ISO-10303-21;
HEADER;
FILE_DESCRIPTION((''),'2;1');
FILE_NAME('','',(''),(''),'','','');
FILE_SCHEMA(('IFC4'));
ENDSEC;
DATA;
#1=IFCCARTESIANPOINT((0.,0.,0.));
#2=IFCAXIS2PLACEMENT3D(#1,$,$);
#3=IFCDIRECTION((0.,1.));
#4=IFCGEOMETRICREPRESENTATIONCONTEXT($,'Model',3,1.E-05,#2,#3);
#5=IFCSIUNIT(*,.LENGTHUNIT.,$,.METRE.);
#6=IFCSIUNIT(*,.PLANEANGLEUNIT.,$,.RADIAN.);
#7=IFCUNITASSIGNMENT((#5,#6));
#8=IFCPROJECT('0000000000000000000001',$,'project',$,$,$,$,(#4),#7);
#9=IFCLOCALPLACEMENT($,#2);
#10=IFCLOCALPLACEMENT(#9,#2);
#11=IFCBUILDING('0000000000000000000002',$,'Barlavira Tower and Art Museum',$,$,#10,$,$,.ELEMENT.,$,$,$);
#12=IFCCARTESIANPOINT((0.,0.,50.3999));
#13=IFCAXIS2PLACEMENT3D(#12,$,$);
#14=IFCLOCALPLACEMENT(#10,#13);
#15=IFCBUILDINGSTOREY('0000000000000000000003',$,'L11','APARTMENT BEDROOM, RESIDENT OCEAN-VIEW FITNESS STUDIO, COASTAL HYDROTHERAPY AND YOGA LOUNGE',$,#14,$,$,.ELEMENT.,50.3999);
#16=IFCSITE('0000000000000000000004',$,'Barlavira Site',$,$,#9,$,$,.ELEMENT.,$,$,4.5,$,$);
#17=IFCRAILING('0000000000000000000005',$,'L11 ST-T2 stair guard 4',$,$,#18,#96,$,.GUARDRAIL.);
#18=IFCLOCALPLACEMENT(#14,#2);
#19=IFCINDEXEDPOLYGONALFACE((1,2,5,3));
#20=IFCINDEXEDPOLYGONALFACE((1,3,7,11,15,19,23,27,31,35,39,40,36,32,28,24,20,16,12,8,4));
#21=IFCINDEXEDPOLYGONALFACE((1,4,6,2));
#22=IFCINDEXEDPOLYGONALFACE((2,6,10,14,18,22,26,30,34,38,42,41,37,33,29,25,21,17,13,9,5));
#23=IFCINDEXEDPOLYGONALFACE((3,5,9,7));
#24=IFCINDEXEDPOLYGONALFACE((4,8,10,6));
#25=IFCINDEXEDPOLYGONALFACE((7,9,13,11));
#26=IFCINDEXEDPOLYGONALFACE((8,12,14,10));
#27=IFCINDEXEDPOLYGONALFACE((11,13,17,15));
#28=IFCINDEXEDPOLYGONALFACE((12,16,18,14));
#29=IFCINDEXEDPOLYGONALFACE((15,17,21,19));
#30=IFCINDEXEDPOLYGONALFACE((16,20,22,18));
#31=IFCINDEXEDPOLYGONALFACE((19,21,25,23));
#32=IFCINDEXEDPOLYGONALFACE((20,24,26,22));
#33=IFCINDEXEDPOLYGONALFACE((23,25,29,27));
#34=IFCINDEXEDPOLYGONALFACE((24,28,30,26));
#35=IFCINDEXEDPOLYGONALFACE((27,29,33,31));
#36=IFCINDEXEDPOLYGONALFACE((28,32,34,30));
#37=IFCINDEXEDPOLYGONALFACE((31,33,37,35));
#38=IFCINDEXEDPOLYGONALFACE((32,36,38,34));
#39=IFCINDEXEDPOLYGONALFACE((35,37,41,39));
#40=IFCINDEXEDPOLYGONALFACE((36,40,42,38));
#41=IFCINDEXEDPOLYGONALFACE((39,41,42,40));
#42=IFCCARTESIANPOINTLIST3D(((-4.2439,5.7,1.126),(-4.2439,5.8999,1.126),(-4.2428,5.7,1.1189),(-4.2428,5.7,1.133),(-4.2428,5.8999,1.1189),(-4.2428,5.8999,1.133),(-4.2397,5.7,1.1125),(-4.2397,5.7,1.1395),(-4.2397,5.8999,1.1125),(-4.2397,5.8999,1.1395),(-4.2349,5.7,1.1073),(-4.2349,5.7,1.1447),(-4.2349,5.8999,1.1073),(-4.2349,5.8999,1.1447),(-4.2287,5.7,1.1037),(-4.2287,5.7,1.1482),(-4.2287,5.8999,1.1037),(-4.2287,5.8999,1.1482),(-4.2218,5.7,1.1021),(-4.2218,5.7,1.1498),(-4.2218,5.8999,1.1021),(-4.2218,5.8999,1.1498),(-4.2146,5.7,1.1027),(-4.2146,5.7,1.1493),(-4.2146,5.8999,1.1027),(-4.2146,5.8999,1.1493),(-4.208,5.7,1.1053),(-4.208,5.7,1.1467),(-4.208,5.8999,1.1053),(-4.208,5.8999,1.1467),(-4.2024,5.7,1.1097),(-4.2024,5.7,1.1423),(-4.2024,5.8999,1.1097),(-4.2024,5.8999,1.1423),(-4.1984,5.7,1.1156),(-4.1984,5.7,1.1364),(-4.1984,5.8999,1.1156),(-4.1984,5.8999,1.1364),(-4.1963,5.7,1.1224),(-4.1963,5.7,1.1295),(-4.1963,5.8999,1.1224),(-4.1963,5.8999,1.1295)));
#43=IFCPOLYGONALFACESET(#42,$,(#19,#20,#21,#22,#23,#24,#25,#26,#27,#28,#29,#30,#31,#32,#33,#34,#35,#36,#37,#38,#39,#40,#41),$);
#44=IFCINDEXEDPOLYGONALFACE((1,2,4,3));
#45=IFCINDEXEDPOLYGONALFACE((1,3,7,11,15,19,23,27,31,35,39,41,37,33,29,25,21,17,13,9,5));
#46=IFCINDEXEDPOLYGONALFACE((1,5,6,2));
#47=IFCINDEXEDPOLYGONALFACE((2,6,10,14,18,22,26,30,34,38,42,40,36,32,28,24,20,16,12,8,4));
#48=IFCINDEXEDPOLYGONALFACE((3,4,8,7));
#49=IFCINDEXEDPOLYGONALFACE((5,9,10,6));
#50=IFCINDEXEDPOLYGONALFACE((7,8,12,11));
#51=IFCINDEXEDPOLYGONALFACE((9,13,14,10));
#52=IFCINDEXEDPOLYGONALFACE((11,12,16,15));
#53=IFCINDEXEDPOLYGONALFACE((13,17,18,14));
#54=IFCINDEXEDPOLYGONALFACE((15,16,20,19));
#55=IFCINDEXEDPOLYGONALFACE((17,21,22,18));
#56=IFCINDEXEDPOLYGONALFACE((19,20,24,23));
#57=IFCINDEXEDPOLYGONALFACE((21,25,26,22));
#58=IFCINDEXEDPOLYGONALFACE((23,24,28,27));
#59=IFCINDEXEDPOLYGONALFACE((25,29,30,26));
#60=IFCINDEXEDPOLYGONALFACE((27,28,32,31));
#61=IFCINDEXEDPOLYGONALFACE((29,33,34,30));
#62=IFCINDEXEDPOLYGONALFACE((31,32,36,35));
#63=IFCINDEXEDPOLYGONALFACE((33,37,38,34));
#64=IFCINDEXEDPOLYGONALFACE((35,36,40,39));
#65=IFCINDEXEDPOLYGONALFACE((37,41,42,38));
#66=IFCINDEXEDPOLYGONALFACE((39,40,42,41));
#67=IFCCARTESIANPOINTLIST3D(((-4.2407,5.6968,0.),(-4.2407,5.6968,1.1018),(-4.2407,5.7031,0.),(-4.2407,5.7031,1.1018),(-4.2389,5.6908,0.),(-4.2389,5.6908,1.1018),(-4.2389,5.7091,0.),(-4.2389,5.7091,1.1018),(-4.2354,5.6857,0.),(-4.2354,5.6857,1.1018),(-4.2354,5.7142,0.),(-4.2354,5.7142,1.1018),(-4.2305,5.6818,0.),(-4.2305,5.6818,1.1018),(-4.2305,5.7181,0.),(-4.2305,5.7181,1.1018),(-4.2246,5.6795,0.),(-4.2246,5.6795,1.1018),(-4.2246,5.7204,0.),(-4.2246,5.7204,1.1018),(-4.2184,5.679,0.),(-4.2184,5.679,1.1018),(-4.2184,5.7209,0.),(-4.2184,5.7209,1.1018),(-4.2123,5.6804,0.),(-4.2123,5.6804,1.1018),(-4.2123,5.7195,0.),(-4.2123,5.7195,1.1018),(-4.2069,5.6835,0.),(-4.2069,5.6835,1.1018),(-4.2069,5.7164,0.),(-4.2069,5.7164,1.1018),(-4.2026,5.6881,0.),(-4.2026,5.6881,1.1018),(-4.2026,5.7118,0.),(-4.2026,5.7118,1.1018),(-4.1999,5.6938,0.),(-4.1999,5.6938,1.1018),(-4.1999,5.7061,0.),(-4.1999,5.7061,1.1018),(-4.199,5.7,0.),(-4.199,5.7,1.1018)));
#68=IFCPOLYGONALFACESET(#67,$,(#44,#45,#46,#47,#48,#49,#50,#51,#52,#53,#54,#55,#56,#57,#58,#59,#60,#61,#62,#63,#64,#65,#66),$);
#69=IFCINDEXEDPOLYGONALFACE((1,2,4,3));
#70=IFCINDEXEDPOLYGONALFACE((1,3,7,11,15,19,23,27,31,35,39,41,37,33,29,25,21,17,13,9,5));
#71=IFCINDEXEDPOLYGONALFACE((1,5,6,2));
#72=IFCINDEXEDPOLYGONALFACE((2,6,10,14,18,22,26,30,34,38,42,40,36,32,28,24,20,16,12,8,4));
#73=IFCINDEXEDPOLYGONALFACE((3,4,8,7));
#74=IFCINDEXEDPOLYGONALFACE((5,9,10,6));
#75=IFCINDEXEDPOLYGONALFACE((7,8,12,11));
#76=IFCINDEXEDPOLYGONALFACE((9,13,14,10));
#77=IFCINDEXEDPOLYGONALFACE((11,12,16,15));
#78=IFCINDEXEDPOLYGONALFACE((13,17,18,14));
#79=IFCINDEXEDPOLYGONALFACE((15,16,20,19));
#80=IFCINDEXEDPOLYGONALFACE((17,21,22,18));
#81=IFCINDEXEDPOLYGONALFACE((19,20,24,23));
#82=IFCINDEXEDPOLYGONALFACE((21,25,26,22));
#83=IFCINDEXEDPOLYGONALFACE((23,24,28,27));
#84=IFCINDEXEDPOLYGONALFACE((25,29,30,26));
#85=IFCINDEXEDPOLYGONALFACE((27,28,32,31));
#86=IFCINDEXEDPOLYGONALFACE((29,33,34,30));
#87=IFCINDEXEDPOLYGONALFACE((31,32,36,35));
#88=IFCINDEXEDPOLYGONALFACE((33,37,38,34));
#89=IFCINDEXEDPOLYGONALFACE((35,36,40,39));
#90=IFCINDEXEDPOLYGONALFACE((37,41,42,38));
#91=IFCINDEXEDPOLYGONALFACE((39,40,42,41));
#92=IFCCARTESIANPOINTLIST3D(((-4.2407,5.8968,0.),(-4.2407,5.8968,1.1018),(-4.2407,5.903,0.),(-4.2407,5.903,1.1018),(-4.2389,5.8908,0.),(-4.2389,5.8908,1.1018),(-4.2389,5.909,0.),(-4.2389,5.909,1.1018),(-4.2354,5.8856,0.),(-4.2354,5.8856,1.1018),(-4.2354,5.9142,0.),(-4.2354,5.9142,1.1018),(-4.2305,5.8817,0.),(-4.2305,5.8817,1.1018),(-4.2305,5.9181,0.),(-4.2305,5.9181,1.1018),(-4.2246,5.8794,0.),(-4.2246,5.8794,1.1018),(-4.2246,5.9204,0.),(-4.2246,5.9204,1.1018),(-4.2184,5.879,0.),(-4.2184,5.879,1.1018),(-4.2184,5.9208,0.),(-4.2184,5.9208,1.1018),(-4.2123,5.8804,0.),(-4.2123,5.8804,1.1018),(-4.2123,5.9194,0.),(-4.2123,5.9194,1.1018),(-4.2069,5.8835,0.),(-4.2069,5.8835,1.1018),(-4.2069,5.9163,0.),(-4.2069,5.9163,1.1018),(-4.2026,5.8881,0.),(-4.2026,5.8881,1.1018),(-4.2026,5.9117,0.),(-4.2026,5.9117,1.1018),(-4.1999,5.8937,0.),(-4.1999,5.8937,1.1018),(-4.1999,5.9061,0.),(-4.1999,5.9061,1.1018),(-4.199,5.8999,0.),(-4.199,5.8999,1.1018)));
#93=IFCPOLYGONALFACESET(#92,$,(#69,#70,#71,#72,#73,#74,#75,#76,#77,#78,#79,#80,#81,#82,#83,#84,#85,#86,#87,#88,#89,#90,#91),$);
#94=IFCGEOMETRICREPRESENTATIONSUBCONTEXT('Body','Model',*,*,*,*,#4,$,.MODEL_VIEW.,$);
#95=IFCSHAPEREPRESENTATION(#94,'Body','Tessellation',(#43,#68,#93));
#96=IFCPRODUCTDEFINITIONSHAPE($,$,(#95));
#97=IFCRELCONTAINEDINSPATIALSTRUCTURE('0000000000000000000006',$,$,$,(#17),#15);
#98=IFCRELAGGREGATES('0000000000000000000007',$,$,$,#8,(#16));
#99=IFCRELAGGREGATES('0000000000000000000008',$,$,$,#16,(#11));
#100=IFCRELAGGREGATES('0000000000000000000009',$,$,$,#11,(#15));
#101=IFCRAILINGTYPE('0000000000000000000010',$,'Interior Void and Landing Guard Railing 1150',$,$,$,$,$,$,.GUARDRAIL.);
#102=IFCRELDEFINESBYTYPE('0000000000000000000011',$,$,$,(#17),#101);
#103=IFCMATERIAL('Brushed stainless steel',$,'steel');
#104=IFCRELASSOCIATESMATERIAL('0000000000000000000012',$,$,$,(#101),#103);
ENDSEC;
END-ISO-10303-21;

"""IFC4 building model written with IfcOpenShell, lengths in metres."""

from ifc_helpers import new_model, si_unit, direction, frame, origin, origin_2d, place, context, subcontext, project, spatial, circle, extrude, material, type_object, element, save


model = new_model("IFC4")

# Units and contexts
model_context = context("Model", 3, precision=1e-05, world=origin(), true_north=direction((0.0, 1.0)))
body_context = subcontext(model_context, "Body", "Model", "MODEL_VIEW")
ifc_project = project(units=[si_unit("LENGTHUNIT", "METRE"), si_unit("PLANEANGLEUNIT", "RADIAN")], contexts=[model_context])

# Site, building, storey
site_placement = place(None, origin())
site = spatial("IfcSite", under=ifc_project, at=site_placement, Name="Barlavira Site", CompositionType="ELEMENT", RefElevation=4.5)
building_placement = place(site_placement, origin())
building = spatial("IfcBuilding", under=site, at=building_placement, Name="Barlavira Tower and Art Museum", CompositionType="ELEMENT")
storey_placement = place(building_placement, frame((0.0, 0.0, 50.3999)))
storey = spatial("IfcBuildingStorey", under=building, at=storey_placement, Name="L11", Description="APARTMENT BEDROOM, RESIDENT OCEAN-VIEW FITNESS STUDIO, COASTAL HYDROTHERAPY AND YOGA LOUNGE", CompositionType="ELEMENT", Elevation=50.3999)

# Shared definitions
ifc_material_1 = material(Name="Brushed stainless steel", Category="steel")

# Railing
railing_type_1 = type_object("IfcRailingType", Name="Interior Void and Landing Guard Railing 1150", PredefinedType="GUARDRAIL", material=ifc_material_1)
railing_1_placement = place(storey_placement, frame((-4.22, 5.7, 0.0)))
element("IfcRailing", 1, at=railing_1_placement, inside=storey, type_object=railing_type_1, Name="L11 ST-T2 stair guard 4", PredefinedType="GUARDRAIL", context=body_context, shape_type="SweptSolid", body=[
    extrude(circle(Radius=0.0239, at=origin_2d()), frame((0.0, 0.0, 1.126), z_axis=(0.0, 1.0, 0.0), x_axis=(-1.0, 0.0, 0.0)), (0.0, 0.0, 1.0), 0.2),
    extrude(circle(Radius=0.021, at=origin_2d()), origin(), (0.0, 0.0, 1.0), 1.1018),
    extrude(circle(Radius=0.021, at=origin_2d()), frame((0.0, 0.2, 0.0)), (0.0, 0.0, 1.0), 1.1018),
])

save(model, "model.ifc")
